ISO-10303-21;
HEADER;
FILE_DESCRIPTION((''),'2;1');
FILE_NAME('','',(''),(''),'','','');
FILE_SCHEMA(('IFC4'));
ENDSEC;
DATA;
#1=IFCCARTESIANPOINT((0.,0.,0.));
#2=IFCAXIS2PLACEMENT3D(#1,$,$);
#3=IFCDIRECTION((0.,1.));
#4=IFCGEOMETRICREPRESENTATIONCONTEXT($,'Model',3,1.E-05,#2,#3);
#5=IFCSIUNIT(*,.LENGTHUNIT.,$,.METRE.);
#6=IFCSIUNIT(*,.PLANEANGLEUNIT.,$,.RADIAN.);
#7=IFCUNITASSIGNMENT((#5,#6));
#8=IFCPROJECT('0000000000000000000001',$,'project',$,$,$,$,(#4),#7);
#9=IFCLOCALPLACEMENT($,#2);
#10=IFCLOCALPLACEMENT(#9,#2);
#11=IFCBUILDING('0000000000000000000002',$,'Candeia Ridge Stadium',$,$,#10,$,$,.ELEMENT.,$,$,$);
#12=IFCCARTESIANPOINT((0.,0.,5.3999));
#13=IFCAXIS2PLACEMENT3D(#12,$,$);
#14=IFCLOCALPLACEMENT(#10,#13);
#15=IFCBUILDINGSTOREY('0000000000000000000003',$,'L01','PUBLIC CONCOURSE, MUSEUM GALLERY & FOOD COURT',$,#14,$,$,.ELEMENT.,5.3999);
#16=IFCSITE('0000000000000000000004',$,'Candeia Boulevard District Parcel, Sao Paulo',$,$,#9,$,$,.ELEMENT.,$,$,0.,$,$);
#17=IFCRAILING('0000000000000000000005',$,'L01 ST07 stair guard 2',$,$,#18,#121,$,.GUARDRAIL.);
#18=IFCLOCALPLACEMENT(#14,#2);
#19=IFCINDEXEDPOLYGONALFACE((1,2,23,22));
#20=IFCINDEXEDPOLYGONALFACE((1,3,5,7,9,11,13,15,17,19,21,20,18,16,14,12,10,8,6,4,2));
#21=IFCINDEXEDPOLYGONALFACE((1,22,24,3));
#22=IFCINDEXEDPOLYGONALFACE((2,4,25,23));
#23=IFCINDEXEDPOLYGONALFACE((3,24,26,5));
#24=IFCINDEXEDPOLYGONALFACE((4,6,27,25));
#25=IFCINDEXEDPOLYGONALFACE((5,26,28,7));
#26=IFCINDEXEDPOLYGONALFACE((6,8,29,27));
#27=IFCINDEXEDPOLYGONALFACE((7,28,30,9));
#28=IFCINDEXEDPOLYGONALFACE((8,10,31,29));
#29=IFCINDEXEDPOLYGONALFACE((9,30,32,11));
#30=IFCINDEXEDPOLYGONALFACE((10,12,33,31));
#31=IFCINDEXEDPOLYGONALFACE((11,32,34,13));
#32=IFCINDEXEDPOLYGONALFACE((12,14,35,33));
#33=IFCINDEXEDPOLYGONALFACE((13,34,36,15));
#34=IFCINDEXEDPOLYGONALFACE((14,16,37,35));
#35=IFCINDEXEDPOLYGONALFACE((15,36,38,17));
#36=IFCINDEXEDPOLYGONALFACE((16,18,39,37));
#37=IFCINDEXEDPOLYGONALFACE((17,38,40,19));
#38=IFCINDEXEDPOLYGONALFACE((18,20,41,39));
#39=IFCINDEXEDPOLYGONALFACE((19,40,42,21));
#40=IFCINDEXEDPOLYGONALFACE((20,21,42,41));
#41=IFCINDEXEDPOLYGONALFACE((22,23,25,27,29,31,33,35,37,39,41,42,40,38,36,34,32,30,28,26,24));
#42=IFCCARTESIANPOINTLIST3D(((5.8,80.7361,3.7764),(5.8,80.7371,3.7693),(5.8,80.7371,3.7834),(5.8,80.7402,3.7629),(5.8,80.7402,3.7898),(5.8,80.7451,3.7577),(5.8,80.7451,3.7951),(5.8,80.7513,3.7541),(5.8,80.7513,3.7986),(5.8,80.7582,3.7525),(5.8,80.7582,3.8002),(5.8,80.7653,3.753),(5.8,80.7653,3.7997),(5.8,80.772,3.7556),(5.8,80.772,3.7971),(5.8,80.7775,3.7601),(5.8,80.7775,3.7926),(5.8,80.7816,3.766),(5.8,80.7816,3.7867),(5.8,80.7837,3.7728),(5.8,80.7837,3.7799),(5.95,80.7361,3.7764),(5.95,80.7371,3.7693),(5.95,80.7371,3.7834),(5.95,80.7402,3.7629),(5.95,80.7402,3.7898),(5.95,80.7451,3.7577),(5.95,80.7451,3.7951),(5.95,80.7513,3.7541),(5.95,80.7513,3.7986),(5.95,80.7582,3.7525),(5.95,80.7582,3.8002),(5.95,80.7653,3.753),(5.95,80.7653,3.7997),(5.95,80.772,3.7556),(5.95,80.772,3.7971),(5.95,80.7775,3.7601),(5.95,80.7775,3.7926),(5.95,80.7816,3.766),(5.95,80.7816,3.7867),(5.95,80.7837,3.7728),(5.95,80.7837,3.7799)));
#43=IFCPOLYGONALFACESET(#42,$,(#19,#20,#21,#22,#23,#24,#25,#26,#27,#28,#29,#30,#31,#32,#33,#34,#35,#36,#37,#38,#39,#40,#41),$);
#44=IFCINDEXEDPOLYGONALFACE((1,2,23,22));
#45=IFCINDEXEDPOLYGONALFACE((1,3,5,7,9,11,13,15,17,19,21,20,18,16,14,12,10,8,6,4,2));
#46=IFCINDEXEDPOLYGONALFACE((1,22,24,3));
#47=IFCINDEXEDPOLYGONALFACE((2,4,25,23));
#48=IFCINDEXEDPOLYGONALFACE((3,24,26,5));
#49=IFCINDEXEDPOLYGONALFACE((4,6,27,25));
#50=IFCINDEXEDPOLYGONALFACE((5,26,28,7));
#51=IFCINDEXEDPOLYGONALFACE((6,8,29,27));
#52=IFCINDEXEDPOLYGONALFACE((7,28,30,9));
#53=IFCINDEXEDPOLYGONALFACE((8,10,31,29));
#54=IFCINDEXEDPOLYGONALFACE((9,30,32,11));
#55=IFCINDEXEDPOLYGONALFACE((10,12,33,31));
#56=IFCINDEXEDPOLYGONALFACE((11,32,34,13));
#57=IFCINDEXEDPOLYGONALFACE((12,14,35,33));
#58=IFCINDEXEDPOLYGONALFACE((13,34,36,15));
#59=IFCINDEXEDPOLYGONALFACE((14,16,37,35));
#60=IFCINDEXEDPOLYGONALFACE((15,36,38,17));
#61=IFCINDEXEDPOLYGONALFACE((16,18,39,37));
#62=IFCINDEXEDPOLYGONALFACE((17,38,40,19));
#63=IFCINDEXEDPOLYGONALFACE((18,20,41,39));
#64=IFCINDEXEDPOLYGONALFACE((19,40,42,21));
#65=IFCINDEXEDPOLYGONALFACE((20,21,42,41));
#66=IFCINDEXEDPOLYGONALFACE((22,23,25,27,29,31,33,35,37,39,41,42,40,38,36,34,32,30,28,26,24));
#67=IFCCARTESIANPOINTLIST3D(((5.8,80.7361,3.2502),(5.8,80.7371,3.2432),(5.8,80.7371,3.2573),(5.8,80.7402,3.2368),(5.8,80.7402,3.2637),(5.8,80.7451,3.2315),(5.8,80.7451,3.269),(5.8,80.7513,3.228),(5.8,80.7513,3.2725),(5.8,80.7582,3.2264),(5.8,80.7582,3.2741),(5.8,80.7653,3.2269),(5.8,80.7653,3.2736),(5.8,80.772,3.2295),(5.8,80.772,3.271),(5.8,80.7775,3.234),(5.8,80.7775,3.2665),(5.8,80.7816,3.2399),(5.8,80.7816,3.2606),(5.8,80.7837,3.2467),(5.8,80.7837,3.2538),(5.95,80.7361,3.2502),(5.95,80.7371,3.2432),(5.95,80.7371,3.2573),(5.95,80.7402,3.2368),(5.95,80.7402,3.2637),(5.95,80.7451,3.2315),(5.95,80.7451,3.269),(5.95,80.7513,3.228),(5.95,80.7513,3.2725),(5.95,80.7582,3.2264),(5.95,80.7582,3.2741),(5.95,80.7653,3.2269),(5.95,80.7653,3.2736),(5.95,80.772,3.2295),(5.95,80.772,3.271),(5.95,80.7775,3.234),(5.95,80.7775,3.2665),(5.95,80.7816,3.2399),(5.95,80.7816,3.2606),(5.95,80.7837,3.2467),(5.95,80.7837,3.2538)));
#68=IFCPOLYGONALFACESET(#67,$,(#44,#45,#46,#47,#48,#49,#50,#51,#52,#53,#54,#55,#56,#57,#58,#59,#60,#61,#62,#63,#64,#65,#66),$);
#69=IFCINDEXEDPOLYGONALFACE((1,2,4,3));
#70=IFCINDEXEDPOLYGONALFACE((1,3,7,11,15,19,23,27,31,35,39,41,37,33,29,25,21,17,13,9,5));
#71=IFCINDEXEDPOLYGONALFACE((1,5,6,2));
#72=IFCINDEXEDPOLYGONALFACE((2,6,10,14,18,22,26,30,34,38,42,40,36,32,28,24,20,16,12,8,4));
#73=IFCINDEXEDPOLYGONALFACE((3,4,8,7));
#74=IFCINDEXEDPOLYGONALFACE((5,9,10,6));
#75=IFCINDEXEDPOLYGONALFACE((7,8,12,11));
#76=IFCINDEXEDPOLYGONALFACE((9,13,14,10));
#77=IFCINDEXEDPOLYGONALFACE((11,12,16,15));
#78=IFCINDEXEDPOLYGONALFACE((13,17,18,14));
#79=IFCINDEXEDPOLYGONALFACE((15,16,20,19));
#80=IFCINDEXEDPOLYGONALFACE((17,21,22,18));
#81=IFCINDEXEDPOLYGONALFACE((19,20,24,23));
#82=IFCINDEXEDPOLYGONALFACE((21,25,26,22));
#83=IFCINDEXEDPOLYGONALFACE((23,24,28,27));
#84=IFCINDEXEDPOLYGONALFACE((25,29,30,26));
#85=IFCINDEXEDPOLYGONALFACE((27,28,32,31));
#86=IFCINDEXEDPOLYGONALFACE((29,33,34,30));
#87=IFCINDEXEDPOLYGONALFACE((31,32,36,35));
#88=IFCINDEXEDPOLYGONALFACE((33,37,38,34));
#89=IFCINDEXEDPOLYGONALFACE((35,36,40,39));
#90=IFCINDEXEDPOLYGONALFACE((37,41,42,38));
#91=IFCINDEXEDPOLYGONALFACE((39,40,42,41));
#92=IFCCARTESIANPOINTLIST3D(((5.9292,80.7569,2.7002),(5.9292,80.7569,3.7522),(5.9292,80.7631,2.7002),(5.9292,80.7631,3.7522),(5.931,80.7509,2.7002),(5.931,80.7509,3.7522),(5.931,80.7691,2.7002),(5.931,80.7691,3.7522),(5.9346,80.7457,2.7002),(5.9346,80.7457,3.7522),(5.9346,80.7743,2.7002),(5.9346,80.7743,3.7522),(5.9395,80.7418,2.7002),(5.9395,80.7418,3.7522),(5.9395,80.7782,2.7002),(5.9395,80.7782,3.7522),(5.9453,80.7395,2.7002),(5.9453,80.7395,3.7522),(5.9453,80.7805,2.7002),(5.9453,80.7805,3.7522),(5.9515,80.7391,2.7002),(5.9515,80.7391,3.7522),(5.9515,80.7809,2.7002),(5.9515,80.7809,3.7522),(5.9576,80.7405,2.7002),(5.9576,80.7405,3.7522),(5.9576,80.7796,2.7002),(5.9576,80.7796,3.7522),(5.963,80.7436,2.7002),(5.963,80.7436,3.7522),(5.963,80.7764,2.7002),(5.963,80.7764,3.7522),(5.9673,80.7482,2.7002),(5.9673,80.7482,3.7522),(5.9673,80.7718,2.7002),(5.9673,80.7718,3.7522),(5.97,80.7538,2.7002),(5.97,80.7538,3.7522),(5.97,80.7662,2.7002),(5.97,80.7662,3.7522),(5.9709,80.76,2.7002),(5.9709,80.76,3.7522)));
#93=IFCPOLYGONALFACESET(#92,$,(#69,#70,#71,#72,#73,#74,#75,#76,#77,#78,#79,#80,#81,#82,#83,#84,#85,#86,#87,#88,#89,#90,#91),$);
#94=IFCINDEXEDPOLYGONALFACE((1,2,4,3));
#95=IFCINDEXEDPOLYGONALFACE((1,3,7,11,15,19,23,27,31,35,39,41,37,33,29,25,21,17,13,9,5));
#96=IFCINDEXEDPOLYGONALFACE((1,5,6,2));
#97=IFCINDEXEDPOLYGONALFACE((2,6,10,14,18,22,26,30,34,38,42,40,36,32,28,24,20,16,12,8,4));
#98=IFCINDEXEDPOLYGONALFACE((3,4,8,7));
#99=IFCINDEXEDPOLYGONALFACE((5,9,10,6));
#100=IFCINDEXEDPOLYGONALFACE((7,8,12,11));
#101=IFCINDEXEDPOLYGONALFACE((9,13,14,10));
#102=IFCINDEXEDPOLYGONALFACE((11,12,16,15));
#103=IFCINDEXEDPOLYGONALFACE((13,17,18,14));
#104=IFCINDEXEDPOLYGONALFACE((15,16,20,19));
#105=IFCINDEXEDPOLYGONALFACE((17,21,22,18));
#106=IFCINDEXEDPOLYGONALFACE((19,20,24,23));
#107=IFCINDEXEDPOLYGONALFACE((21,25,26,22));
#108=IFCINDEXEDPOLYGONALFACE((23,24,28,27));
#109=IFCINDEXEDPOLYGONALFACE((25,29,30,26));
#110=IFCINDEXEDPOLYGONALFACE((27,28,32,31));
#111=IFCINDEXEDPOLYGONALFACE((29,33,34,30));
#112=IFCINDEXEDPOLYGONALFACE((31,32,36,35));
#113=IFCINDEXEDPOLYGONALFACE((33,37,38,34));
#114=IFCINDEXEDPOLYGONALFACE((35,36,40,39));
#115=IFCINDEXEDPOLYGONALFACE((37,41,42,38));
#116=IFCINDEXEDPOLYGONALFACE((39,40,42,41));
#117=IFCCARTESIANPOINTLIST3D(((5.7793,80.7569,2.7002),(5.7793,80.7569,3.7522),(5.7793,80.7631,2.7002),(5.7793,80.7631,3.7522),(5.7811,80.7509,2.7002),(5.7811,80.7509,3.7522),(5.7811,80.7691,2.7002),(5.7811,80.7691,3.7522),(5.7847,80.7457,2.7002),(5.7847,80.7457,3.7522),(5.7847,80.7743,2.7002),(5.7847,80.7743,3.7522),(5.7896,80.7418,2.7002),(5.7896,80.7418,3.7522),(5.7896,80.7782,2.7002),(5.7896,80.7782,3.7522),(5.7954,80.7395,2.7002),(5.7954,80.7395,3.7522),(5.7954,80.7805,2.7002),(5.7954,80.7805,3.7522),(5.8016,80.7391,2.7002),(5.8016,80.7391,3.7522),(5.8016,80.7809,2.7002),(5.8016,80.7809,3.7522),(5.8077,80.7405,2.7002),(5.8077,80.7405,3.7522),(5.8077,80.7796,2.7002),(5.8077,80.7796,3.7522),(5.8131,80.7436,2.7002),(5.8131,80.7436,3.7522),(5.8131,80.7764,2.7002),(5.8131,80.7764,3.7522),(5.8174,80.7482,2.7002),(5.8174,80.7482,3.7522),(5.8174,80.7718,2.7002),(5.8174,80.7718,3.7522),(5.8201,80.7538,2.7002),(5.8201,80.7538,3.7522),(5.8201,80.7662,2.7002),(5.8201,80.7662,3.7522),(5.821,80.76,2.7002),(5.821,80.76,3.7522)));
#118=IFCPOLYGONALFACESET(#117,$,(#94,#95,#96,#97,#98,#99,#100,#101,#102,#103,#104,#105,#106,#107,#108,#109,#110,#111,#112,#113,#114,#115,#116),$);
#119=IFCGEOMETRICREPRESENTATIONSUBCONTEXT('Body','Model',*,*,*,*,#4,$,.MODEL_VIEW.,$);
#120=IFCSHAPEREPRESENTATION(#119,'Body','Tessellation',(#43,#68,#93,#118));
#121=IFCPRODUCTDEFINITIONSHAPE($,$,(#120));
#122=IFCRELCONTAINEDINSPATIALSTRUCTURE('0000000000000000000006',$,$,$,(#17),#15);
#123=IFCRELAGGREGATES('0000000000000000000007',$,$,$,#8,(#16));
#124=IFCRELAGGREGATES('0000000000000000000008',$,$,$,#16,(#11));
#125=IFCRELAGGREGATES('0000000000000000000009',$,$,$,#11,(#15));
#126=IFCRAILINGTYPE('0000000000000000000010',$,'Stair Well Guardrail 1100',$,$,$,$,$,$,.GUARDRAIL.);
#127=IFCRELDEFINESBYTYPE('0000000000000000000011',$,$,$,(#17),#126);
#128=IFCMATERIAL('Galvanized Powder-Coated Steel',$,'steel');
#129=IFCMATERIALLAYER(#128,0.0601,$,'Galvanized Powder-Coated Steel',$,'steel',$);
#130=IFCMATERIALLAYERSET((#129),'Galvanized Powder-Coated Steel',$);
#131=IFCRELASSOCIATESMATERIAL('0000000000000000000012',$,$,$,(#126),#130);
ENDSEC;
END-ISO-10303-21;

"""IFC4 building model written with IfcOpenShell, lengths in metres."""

from ifc_helpers import new_model, si_unit, direction, frame, origin, origin_2d, place, context, subcontext, project, spatial, circle, extrude, material, layer, layer_set, type_object, element, save


model = new_model("IFC4")

# Units and contexts
model_context = context("Model", 3, precision=1e-05, world=origin(), true_north=direction((0.0, 1.0)))
body_context = subcontext(model_context, "Body", "Model", "MODEL_VIEW")
ifc_project = project(units=[si_unit("LENGTHUNIT", "METRE"), si_unit("PLANEANGLEUNIT", "RADIAN")], contexts=[model_context])

# Site, building, storey
site_placement = place(None, origin())
site = spatial("IfcSite", under=ifc_project, at=site_placement, Name="Candeia Boulevard District Parcel, Sao Paulo", CompositionType="ELEMENT", RefElevation=0.0)
building_placement = place(site_placement, origin())
building = spatial("IfcBuilding", under=site, at=building_placement, Name="Candeia Ridge Stadium", CompositionType="ELEMENT")
storey_placement = place(building_placement, frame((0.0, 0.0, 5.3999)))
storey = spatial("IfcBuildingStorey", under=building, at=storey_placement, Name="L01", Description="PUBLIC CONCOURSE, MUSEUM GALLERY & FOOD COURT", CompositionType="ELEMENT", Elevation=5.3999)

# Railing
ifc_material_1 = material(Name="Galvanized Powder-Coated Steel", Category="steel")
ifc_layer_1 = layer(ifc_material_1, 0.0601, Name="Galvanized Powder-Coated Steel", Category="steel")
ifc_layer_set_1 = layer_set([ifc_layer_1], Name="Galvanized Powder-Coated Steel")
railing_type = type_object("IfcRailingType", Name="Stair Well Guardrail 1100", PredefinedType="GUARDRAIL", material=ifc_layer_set_1)
railing_1_placement = place(storey_placement, frame((5.95, 80.76, 2.7002)))
element("IfcRailing", 1, at=railing_1_placement, inside=storey, type_object=railing_type, Name="L01 ST07 stair guard 2", PredefinedType="GUARDRAIL", context=body_context, shape_type="SweptSolid", body=[
    extrude(circle(Radius=0.0239, at=origin_2d()), frame((0.0, 0.0, 1.0762), z_axis=(-1.0, 0.0, 0.0), x_axis=(0.0, -1.0, 0.0)), (0.0, 0.0, 1.0), 0.1499),
    extrude(circle(Radius=0.0239, at=origin_2d()), frame((0.0, 0.0, 0.55), z_axis=(-1.0, 0.0, 0.0), x_axis=(0.0, -1.0, 0.0)), (0.0, 0.0, 1.0), 0.1499),
    extrude(circle(Radius=0.021, at=origin_2d()), origin(), (0.0, 0.0, 1.0), 1.052),
    extrude(circle(Radius=0.021, at=origin_2d()), frame((-0.1499, 0.0, 0.0)), (0.0, 0.0, 1.0), 1.052),
])

save(model, "model.ifc")
